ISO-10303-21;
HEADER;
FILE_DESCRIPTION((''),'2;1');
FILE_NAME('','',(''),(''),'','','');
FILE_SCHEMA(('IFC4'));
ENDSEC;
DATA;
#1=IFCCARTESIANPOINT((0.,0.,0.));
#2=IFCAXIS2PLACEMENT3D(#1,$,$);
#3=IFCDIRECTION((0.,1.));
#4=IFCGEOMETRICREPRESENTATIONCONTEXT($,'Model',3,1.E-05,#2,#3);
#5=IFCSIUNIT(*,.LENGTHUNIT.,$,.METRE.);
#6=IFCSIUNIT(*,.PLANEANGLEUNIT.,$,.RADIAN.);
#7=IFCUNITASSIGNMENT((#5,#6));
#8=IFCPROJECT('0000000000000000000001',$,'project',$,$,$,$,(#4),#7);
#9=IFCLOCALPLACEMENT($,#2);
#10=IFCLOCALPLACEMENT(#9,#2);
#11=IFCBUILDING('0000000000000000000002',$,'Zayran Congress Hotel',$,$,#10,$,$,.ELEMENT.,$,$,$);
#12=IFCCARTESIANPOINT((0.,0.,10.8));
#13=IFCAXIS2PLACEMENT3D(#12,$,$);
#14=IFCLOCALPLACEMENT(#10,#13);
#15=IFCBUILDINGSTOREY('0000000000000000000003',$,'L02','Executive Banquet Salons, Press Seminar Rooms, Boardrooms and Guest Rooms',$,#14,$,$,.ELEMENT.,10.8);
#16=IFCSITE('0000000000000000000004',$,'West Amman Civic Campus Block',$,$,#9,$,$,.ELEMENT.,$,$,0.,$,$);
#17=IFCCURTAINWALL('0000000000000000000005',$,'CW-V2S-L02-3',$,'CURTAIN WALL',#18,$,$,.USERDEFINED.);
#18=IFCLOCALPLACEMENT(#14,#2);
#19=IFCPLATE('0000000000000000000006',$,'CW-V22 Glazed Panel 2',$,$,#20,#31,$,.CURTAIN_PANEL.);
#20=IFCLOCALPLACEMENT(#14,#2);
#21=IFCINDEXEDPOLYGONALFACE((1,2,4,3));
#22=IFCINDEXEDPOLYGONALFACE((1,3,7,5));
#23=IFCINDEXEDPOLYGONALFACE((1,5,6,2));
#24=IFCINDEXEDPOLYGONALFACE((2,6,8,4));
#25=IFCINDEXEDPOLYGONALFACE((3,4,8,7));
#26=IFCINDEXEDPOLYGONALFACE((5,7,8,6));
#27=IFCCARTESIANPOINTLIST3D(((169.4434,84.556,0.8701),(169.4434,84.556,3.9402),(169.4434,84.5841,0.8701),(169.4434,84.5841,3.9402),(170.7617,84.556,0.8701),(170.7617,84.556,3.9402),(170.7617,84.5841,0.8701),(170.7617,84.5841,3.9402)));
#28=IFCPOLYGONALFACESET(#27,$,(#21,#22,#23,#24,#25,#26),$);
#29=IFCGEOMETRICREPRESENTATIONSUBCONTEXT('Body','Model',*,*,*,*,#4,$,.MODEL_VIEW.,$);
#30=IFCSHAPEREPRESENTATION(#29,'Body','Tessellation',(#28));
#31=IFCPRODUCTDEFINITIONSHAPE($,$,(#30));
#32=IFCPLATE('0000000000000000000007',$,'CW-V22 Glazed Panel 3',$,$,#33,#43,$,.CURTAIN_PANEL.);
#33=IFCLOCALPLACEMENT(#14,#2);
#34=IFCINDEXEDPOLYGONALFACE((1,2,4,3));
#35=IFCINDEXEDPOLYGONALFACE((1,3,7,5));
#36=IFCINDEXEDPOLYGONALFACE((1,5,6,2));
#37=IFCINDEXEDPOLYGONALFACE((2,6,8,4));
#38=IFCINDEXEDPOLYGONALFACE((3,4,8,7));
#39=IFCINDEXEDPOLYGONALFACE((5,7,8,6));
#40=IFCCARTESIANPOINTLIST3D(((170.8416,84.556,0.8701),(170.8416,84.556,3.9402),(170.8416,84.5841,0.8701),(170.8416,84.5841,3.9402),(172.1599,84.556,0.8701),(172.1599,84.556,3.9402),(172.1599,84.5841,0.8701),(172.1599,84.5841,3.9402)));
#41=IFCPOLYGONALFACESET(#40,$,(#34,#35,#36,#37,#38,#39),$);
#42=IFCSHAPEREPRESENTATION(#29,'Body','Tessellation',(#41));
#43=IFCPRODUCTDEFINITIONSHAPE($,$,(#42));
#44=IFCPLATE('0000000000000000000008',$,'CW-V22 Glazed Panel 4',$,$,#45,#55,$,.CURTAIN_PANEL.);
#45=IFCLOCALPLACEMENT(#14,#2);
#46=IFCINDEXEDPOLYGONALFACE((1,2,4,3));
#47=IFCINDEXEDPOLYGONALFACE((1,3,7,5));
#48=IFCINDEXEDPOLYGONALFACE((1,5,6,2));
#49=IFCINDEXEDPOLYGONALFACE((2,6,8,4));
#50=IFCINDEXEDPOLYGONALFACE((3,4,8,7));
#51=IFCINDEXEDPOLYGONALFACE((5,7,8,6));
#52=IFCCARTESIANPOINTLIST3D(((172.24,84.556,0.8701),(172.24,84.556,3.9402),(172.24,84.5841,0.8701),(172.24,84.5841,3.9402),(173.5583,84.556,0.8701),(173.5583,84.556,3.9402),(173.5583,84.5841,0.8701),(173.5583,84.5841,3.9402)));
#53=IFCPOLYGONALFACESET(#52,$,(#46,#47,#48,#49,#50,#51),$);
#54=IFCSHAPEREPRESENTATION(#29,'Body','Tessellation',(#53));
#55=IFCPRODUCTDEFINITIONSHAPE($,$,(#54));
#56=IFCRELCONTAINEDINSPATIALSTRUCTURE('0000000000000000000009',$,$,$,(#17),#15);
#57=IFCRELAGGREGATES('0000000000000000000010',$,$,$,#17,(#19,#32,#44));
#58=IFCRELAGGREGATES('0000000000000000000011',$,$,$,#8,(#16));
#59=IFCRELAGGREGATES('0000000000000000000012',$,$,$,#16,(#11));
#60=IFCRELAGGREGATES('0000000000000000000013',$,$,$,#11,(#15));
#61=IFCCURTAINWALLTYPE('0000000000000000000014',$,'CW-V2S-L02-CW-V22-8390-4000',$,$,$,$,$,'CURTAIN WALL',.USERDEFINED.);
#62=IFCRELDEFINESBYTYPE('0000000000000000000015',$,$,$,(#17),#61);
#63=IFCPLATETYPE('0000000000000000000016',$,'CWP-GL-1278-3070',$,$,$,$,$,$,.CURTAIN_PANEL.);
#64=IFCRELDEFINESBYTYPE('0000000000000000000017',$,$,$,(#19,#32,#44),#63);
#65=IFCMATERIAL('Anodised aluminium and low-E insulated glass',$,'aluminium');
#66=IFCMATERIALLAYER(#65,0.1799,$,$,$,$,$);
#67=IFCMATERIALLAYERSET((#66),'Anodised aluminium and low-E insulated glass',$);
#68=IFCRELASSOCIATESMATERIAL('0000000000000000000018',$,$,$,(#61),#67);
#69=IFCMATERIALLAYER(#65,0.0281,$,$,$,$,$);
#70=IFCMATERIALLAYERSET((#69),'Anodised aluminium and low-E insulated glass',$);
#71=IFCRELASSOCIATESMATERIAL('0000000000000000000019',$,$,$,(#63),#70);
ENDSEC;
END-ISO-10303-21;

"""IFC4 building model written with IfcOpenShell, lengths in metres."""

from ifc_helpers import new_model, si_unit, direction, frame, origin, origin_2d, place, context, subcontext, project, spatial, rectangle, extrude, material, layer, layer_set, type_object, element, aggregate, save


model = new_model("IFC4")

# Units and contexts
model_context = context("Model", 3, precision=1e-05, world=origin(), true_north=direction((0.0, 1.0)))
body_context = subcontext(model_context, "Body", "Model", "MODEL_VIEW")
ifc_project = project(units=[si_unit("LENGTHUNIT", "METRE"), si_unit("PLANEANGLEUNIT", "RADIAN")], contexts=[model_context])

# Site, building, storey
site_placement = place(None, origin())
site = spatial("IfcSite", under=ifc_project, at=site_placement, Name="West Amman Civic Campus Block", CompositionType="ELEMENT", RefElevation=0.0)
building_placement = place(site_placement, origin())
building = spatial("IfcBuilding", under=site, at=building_placement, Name="Zayran Congress Hotel", CompositionType="ELEMENT")
storey_placement = place(building_placement, frame((0.0, 0.0, 10.8)))
storey = spatial("IfcBuildingStorey", under=building, at=storey_placement, Name="L02", Description="Executive Banquet Salons, Press Seminar Rooms, Boardrooms and Guest Rooms", CompositionType="ELEMENT", Elevation=10.8)

# Curtain wall, plates
ifc_material_1 = material(Name="Anodised aluminium and low-E insulated glass", Category="aluminium")
ifc_layer_1 = layer(ifc_material_1, 0.1799)
ifc_layer_set_1 = layer_set([ifc_layer_1], Name="Anodised aluminium and low-E insulated glass")
curtain_wall_type = type_object("IfcCurtainWallType", Name="CW-V2S-L02-CW-V22-8390-4000", ElementType="CURTAIN WALL", PredefinedType="USERDEFINED", material=ifc_layer_set_1)
curtain_wall_placement = place(storey_placement, origin())
curtain_wall = element("IfcCurtainWall", 1, at=curtain_wall_placement, inside=storey, type_object=curtain_wall_type, Name="CW-V2S-L02-3", ObjectType="CURTAIN WALL", PredefinedType="USERDEFINED")
ifc_layer_2 = layer(ifc_material_1, 0.0281)
ifc_layer_set_2 = layer_set([ifc_layer_2], Name="Anodised aluminium and low-E insulated glass")
plate_type_1 = type_object("IfcPlateType", Name="CWP-GL-1278-3070", PredefinedType="CURTAIN_PANEL", material=ifc_layer_set_2)
plate_1_placement = place(storey_placement, frame((170.1025, 84.5701, 0.8701), z_axis=(0.0, 0.0, 1.0), x_axis=(1.0, 0.0, 0.0)))
plate_1 = element("IfcPlate", 2, at=plate_1_placement, type_object=plate_type_1, Name="CW-V22 Glazed Panel 2", PredefinedType="CURTAIN_PANEL", context=body_context, shape_type="SweptSolid", body=[
    extrude(rectangle(XDim=1.3184, YDim=0.0281, at=origin_2d()), origin(), (0.0, 0.0, 1.0), 3.0701),
])
plate_2_placement = place(storey_placement, frame((171.5007, 84.5701, 0.8701), z_axis=(0.0, 0.0, 1.0), x_axis=(1.0, 0.0, 0.0)))
plate_2 = element("IfcPlate", 3, at=plate_2_placement, type_object=plate_type_1, Name="CW-V22 Glazed Panel 3", PredefinedType="CURTAIN_PANEL", context=body_context, shape_type="SweptSolid", body=[
    extrude(rectangle(XDim=1.3184, YDim=0.0281, at=origin_2d()), origin(), (0.0, 0.0, 1.0), 3.0701),
])
plate_3_placement = place(storey_placement, frame((172.8992, 84.5701, 0.8701), z_axis=(0.0, 0.0, 1.0), x_axis=(1.0, 0.0, 0.0)))
plate_3 = element("IfcPlate", 4, at=plate_3_placement, type_object=plate_type_1, Name="CW-V22 Glazed Panel 4", PredefinedType="CURTAIN_PANEL", context=body_context, shape_type="SweptSolid", body=[
    extrude(rectangle(XDim=1.3184, YDim=0.0281, at=origin_2d()), origin(), (0.0, 0.0, 1.0), 3.0701),
])
aggregate(curtain_wall, [plate_1, plate_2, plate_3])

save(model, "model.ifc")
